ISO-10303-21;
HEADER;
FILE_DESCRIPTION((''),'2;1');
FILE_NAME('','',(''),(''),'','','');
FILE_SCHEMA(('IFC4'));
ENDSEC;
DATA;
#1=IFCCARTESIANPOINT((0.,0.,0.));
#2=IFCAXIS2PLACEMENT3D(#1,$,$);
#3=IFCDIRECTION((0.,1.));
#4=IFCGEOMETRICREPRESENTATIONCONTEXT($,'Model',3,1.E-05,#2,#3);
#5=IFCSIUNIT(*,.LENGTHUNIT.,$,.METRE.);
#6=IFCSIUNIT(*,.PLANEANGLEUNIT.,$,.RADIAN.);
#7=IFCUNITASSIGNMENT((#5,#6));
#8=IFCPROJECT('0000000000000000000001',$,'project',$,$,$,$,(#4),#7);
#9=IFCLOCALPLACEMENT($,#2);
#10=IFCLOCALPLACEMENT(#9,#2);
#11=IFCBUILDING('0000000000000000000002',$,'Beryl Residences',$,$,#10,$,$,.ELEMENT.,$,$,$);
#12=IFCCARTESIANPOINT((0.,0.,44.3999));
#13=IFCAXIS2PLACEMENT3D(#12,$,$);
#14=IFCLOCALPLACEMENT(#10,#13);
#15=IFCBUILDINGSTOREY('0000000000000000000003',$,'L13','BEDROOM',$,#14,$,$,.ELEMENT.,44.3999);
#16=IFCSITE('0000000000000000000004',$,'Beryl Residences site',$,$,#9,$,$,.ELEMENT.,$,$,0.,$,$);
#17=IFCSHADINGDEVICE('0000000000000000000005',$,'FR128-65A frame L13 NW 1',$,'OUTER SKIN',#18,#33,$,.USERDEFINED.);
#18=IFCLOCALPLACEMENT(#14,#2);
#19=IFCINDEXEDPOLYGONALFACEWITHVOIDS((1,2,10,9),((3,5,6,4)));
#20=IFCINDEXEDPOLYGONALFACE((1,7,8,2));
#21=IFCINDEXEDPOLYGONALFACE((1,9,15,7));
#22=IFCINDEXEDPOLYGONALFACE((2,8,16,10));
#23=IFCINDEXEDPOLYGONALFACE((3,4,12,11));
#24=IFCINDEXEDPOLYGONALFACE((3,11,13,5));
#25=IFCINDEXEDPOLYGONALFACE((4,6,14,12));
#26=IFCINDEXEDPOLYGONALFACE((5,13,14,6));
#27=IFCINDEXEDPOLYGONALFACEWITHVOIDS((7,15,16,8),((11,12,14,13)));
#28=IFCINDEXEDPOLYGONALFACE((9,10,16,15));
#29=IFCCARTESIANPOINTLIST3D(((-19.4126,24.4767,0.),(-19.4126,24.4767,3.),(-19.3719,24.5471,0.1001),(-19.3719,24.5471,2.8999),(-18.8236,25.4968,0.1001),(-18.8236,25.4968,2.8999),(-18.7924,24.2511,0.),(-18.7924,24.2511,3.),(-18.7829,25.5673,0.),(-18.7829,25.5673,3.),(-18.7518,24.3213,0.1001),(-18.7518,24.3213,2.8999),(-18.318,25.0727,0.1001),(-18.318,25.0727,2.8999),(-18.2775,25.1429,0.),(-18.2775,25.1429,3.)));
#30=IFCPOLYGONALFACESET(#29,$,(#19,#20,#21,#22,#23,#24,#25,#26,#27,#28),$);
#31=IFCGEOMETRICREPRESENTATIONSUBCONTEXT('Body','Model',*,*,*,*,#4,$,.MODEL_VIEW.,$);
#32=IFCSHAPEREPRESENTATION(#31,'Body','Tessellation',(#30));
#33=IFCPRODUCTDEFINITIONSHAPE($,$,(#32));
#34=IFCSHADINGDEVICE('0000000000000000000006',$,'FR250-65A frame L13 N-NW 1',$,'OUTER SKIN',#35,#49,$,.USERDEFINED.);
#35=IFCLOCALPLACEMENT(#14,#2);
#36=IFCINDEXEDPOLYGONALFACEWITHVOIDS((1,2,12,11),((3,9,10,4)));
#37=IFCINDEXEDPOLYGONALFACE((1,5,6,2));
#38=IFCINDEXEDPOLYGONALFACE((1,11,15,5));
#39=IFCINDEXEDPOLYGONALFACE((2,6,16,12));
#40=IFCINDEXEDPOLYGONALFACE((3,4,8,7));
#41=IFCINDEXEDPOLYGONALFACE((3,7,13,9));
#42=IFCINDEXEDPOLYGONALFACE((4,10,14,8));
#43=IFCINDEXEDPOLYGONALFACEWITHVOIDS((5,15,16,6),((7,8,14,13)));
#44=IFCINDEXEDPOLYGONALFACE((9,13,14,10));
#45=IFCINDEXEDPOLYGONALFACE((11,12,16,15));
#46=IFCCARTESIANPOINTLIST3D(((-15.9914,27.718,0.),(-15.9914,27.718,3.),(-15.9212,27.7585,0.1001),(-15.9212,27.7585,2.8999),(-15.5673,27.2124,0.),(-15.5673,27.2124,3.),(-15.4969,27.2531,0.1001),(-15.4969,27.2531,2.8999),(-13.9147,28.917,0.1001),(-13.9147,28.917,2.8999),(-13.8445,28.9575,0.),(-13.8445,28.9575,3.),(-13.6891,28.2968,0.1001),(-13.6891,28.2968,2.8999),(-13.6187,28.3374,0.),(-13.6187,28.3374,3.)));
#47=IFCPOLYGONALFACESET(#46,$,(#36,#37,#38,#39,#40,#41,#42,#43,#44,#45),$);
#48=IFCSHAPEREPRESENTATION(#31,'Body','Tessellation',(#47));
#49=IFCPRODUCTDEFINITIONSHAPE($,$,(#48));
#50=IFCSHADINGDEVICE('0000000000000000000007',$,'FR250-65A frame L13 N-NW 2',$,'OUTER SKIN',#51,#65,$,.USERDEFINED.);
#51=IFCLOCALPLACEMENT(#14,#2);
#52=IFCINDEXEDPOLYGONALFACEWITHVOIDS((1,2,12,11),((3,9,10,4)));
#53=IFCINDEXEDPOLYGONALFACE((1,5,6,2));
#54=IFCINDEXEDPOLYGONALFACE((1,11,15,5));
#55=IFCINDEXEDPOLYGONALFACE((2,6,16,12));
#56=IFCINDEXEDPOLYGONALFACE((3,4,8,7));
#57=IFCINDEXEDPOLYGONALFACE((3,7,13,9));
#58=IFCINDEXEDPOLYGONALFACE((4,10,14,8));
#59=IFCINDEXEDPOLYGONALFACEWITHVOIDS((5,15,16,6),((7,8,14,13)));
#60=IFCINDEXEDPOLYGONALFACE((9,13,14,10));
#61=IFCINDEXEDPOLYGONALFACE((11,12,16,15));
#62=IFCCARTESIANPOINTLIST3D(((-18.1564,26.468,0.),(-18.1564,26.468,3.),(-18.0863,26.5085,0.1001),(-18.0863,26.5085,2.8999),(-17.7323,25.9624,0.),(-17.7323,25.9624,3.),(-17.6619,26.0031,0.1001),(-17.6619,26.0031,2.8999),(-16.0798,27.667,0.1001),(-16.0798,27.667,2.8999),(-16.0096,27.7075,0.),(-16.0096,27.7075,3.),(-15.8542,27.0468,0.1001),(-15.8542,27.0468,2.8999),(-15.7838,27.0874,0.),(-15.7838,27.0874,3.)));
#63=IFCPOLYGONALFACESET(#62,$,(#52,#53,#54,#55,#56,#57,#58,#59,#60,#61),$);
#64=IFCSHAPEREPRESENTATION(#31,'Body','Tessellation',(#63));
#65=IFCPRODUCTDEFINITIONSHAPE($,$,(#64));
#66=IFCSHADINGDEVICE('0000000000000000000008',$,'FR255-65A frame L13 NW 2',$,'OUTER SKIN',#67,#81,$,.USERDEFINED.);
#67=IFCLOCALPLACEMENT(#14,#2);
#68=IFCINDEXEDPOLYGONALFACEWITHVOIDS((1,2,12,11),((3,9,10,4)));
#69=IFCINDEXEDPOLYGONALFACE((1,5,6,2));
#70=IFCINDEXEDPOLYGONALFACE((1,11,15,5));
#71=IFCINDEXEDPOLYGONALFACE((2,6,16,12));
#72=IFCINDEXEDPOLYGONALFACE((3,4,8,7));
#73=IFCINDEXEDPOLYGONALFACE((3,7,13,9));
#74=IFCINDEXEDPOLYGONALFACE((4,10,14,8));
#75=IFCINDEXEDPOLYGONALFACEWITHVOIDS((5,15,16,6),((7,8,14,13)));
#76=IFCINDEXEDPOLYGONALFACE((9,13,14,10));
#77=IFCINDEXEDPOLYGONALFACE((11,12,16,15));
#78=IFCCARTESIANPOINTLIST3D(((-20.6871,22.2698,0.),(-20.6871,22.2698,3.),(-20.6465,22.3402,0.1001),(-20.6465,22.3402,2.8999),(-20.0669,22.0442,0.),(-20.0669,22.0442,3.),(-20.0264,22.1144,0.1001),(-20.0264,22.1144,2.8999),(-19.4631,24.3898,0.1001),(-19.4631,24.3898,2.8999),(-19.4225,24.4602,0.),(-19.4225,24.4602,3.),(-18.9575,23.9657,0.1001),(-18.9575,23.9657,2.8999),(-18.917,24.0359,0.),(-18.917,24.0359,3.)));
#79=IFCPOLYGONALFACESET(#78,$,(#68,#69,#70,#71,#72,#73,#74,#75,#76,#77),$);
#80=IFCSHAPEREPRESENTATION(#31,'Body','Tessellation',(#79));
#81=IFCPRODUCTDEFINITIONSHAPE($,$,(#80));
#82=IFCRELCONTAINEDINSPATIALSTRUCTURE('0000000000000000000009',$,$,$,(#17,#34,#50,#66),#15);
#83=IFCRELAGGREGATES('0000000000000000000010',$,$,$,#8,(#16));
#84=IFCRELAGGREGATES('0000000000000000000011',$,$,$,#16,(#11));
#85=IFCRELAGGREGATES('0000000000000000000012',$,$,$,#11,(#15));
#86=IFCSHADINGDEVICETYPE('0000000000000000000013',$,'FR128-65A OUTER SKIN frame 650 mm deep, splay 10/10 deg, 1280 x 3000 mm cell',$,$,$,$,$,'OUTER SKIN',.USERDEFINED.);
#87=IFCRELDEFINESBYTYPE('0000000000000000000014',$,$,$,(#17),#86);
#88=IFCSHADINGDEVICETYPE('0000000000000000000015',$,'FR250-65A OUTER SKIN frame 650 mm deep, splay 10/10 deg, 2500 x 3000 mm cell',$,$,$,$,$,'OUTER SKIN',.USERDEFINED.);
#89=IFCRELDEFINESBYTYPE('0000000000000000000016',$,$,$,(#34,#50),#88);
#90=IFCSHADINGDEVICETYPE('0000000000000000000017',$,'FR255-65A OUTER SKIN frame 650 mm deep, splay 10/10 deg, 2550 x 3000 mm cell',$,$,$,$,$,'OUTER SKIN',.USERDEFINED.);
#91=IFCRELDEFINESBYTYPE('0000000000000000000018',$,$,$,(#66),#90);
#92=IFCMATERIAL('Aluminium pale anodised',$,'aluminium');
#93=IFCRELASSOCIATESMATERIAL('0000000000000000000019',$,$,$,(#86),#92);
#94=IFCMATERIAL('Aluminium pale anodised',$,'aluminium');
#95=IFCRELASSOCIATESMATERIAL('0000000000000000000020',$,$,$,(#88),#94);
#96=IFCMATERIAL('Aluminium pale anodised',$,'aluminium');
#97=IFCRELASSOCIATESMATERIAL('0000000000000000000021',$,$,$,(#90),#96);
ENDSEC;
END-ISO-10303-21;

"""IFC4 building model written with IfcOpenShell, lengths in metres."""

from ifc_helpers import new_model, entity, si_unit, direction, frame, origin, place, context, subcontext, project, spatial, source, transform, mapped, material, type_object, type_shapes, element, save


model = new_model("IFC4")

# Units and contexts
model_context = context("Model", 3, precision=1e-05, world=origin(), true_north=direction((0.0, 1.0)))
body_context = subcontext(model_context, "Body", "Model", "MODEL_VIEW")
ifc_project = project(units=[si_unit("LENGTHUNIT", "METRE"), si_unit("PLANEANGLEUNIT", "RADIAN")], contexts=[model_context])

# Site, building, storey
site_placement = place(None, origin())
site = spatial("IfcSite", under=ifc_project, at=site_placement, Name="Beryl Residences site", CompositionType="ELEMENT", RefElevation=0.0)
building_placement = place(site_placement, origin())
building = spatial("IfcBuilding", under=site, at=building_placement, Name="Beryl Residences", CompositionType="ELEMENT")
storey_placement = place(building_placement, frame((0.0, 0.0, 44.3999)))
storey = spatial("IfcBuildingStorey", under=building, at=storey_placement, Name="L13", Description="BEDROOM", CompositionType="ELEMENT", Elevation=44.3999)

# Shading devices
ifc_material_1 = material(Name="Aluminium pale anodised", Category="aluminium")
shading_device_type_1 = type_object("IfcShadingDeviceType", Name="FR128-65A OUTER SKIN frame 650 mm deep, splay 10/10 deg, 1280 x 3000 mm cell", ElementType="OUTER SKIN", PredefinedType="USERDEFINED", material=ifc_material_1)
cartesian_point_1 = entity("IfcCartesianPoint", [-0.5149, 0.0])
cartesian_point_2 = entity("IfcCartesianPoint", [-0.4338, 0.1001])
cartesian_point_3 = entity("IfcCartesianPoint", [-0.6296, 0.0])
cartesian_point_4 = entity("IfcCartesianPoint", [-0.5483, 0.1001])
shared_shape_1 = source(origin(), body_context, "Body", "SweptSolid", [
    entity("IfcExtrudedAreaSolidTapered", entity("IfcArbitraryProfileDefWithVoids", "AREA", None, entity("IfcPolyline", [cartesian_point_1, entity("IfcCartesianPoint", [0.5149, 0.0]), entity("IfcCartesianPoint", [0.5149, 3.0]), entity("IfcCartesianPoint", [-0.5149, 3.0]), cartesian_point_1]), [entity("IfcPolyline", [cartesian_point_2, entity("IfcCartesianPoint", [0.4338, 0.1001]), entity("IfcCartesianPoint", [0.4338, 2.8999]), entity("IfcCartesianPoint", [-0.4338, 2.8999]), cartesian_point_2])]), entity("IfcAxis2Placement3D", entity("IfcCartesianPoint", [0.0, 0.0, 0.0]), entity("IfcDirection", [0.0, 1.0, 0.0]), entity("IfcDirection", [-1.0, 0.0, 0.0])), entity("IfcDirection", [0.0, 0.0, 1.0]), 0.6499, entity("IfcArbitraryProfileDefWithVoids", "AREA", None, entity("IfcPolyline", [cartesian_point_3, entity("IfcCartesianPoint", [0.6296, 0.0]), entity("IfcCartesianPoint", [0.6296, 3.0]), entity("IfcCartesianPoint", [-0.6296, 3.0]), cartesian_point_3]), [entity("IfcPolyline", [cartesian_point_4, entity("IfcCartesianPoint", [0.5483, 0.1001]), entity("IfcCartesianPoint", [0.5483, 2.8999]), entity("IfcCartesianPoint", [-0.5483, 2.8999]), cartesian_point_4])])),
])
type_shapes(shading_device_type_1, [shared_shape_1])
shading_device_1_placement = place(storey_placement, frame((-18.5349, 24.697, 0.0), z_axis=(0.0, 0.0, 1.0), x_axis=(0.5, 0.866025, 0.0)))
element("IfcShadingDevice", 1, at=shading_device_1_placement, inside=storey, type_object=shading_device_type_1, Name="FR128-65A frame L13 NW 1", ObjectType="OUTER SKIN", PredefinedType="USERDEFINED", context=body_context, shape_type="MappedRepresentation", body=[
    mapped(shared_shape_1, transform((0.0, 0.0, 0.0))),
])
ifc_material_2 = material(Name="Aluminium pale anodised", Category="aluminium")
shading_device_type_2 = type_object("IfcShadingDeviceType", Name="FR250-65A OUTER SKIN frame 650 mm deep, splay 10/10 deg, 2500 x 3000 mm cell", ElementType="OUTER SKIN", PredefinedType="USERDEFINED", material=ifc_material_2)
cartesian_point_5 = entity("IfcCartesianPoint", [-1.125, 0.0])
cartesian_point_6 = entity("IfcCartesianPoint", [-1.0437, 0.1001])
cartesian_point_7 = entity("IfcCartesianPoint", [-1.2395, 0.0])
cartesian_point_8 = entity("IfcCartesianPoint", [-1.1584, 0.1001])
shared_shape_2 = source(origin(), body_context, "Body", "SweptSolid", [
    entity("IfcExtrudedAreaSolidTapered", entity("IfcArbitraryProfileDefWithVoids", "AREA", None, entity("IfcPolyline", [cartesian_point_5, entity("IfcCartesianPoint", [1.125, 0.0]), entity("IfcCartesianPoint", [1.125, 3.0]), entity("IfcCartesianPoint", [-1.125, 3.0]), cartesian_point_5]), [entity("IfcPolyline", [cartesian_point_6, entity("IfcCartesianPoint", [1.0437, 0.1001]), entity("IfcCartesianPoint", [1.0437, 2.8999]), entity("IfcCartesianPoint", [-1.0437, 2.8999]), cartesian_point_6])]), entity("IfcAxis2Placement3D", entity("IfcCartesianPoint", [0.0, 0.0, 0.0]), entity("IfcDirection", [0.0, 1.0, 0.0]), entity("IfcDirection", [-1.0, 0.0, 0.0])), entity("IfcDirection", [0.0, 0.0, 1.0]), 0.6499, entity("IfcArbitraryProfileDefWithVoids", "AREA", None, entity("IfcPolyline", [cartesian_point_7, entity("IfcCartesianPoint", [1.2395, 0.0]), entity("IfcCartesianPoint", [1.2395, 3.0]), entity("IfcCartesianPoint", [-1.2395, 3.0]), cartesian_point_7]), [entity("IfcPolyline", [cartesian_point_8, entity("IfcCartesianPoint", [1.1584, 0.1001]), entity("IfcCartesianPoint", [1.1584, 2.8999]), entity("IfcCartesianPoint", [-1.1584, 2.8999]), cartesian_point_8])])),
])
type_shapes(shading_device_type_2, [shared_shape_2])
for number, where, z_axis, x_axis, name in (
    (2, (-14.593, 27.7749, 0.0), (0.0, 0.0, 1.0), (0.866025, 0.5, 0.0), "FR250-65A frame L13 N-NW 1"),
    (3, (-16.7581, 26.5249, 0.0), (0.0, 0.0, 1.0), (0.866025, 0.5, 0.0), "FR250-65A frame L13 N-NW 2"),
):
    element("IfcShadingDevice", number, at=place(storey_placement, frame(where, z_axis=z_axis, x_axis=x_axis)), inside=storey, type_object=shading_device_type_2, Name=name, ObjectType="OUTER SKIN", PredefinedType="USERDEFINED", context=body_context, shape_type="MappedRepresentation", body=[
        mapped(shared_shape_2, transform((0.0, 0.0, 0.0))),
    ])
ifc_material_3 = material(Name="Aluminium pale anodised", Category="aluminium")
shading_device_type_3 = type_object("IfcShadingDeviceType", Name="FR255-65A OUTER SKIN frame 650 mm deep, splay 10/10 deg, 2550 x 3000 mm cell", ElementType="OUTER SKIN", PredefinedType="USERDEFINED", material=ifc_material_3)
cartesian_point_9 = entity("IfcCartesianPoint", [-1.1499, 0.0])
cartesian_point_10 = entity("IfcCartesianPoint", [-1.0688, 0.1001])
cartesian_point_11 = entity("IfcCartesianPoint", [-1.2646, 0.0])
cartesian_point_12 = entity("IfcCartesianPoint", [-1.1833, 0.1001])
shared_shape_3 = source(origin(), body_context, "Body", "SweptSolid", [
    entity("IfcExtrudedAreaSolidTapered", entity("IfcArbitraryProfileDefWithVoids", "AREA", None, entity("IfcPolyline", [cartesian_point_9, entity("IfcCartesianPoint", [1.1499, 0.0]), entity("IfcCartesianPoint", [1.1499, 3.0]), entity("IfcCartesianPoint", [-1.1499, 3.0]), cartesian_point_9]), [entity("IfcPolyline", [cartesian_point_10, entity("IfcCartesianPoint", [1.0688, 0.1001]), entity("IfcCartesianPoint", [1.0688, 2.8999]), entity("IfcCartesianPoint", [-1.0688, 2.8999]), cartesian_point_10])]), entity("IfcAxis2Placement3D", entity("IfcCartesianPoint", [0.0, 0.0, 0.0]), entity("IfcDirection", [0.0, 1.0, 0.0]), entity("IfcDirection", [-1.0, 0.0, 0.0])), entity("IfcDirection", [0.0, 0.0, 1.0]), 0.6499, entity("IfcArbitraryProfileDefWithVoids", "AREA", None, entity("IfcPolyline", [cartesian_point_11, entity("IfcCartesianPoint", [1.2646, 0.0]), entity("IfcCartesianPoint", [1.2646, 3.0]), entity("IfcCartesianPoint", [-1.2646, 3.0]), cartesian_point_11]), [entity("IfcPolyline", [cartesian_point_12, entity("IfcCartesianPoint", [1.1833, 0.1001]), entity("IfcCartesianPoint", [1.1833, 2.8999]), entity("IfcCartesianPoint", [-1.1833, 2.8999]), cartesian_point_12])])),
])
type_shapes(shading_device_type_3, [shared_shape_3])
shading_device_2_placement = place(storey_placement, frame((-19.4919, 23.04, 0.0), z_axis=(0.0, 0.0, 1.0), x_axis=(0.5, 0.866025, 0.0)))
element("IfcShadingDevice", 4, at=shading_device_2_placement, inside=storey, type_object=shading_device_type_3, Name="FR255-65A frame L13 NW 2", ObjectType="OUTER SKIN", PredefinedType="USERDEFINED", context=body_context, shape_type="MappedRepresentation", body=[
    mapped(shared_shape_3, transform((0.0, 0.0, 0.0))),
])

save(model, "model.ifc")
